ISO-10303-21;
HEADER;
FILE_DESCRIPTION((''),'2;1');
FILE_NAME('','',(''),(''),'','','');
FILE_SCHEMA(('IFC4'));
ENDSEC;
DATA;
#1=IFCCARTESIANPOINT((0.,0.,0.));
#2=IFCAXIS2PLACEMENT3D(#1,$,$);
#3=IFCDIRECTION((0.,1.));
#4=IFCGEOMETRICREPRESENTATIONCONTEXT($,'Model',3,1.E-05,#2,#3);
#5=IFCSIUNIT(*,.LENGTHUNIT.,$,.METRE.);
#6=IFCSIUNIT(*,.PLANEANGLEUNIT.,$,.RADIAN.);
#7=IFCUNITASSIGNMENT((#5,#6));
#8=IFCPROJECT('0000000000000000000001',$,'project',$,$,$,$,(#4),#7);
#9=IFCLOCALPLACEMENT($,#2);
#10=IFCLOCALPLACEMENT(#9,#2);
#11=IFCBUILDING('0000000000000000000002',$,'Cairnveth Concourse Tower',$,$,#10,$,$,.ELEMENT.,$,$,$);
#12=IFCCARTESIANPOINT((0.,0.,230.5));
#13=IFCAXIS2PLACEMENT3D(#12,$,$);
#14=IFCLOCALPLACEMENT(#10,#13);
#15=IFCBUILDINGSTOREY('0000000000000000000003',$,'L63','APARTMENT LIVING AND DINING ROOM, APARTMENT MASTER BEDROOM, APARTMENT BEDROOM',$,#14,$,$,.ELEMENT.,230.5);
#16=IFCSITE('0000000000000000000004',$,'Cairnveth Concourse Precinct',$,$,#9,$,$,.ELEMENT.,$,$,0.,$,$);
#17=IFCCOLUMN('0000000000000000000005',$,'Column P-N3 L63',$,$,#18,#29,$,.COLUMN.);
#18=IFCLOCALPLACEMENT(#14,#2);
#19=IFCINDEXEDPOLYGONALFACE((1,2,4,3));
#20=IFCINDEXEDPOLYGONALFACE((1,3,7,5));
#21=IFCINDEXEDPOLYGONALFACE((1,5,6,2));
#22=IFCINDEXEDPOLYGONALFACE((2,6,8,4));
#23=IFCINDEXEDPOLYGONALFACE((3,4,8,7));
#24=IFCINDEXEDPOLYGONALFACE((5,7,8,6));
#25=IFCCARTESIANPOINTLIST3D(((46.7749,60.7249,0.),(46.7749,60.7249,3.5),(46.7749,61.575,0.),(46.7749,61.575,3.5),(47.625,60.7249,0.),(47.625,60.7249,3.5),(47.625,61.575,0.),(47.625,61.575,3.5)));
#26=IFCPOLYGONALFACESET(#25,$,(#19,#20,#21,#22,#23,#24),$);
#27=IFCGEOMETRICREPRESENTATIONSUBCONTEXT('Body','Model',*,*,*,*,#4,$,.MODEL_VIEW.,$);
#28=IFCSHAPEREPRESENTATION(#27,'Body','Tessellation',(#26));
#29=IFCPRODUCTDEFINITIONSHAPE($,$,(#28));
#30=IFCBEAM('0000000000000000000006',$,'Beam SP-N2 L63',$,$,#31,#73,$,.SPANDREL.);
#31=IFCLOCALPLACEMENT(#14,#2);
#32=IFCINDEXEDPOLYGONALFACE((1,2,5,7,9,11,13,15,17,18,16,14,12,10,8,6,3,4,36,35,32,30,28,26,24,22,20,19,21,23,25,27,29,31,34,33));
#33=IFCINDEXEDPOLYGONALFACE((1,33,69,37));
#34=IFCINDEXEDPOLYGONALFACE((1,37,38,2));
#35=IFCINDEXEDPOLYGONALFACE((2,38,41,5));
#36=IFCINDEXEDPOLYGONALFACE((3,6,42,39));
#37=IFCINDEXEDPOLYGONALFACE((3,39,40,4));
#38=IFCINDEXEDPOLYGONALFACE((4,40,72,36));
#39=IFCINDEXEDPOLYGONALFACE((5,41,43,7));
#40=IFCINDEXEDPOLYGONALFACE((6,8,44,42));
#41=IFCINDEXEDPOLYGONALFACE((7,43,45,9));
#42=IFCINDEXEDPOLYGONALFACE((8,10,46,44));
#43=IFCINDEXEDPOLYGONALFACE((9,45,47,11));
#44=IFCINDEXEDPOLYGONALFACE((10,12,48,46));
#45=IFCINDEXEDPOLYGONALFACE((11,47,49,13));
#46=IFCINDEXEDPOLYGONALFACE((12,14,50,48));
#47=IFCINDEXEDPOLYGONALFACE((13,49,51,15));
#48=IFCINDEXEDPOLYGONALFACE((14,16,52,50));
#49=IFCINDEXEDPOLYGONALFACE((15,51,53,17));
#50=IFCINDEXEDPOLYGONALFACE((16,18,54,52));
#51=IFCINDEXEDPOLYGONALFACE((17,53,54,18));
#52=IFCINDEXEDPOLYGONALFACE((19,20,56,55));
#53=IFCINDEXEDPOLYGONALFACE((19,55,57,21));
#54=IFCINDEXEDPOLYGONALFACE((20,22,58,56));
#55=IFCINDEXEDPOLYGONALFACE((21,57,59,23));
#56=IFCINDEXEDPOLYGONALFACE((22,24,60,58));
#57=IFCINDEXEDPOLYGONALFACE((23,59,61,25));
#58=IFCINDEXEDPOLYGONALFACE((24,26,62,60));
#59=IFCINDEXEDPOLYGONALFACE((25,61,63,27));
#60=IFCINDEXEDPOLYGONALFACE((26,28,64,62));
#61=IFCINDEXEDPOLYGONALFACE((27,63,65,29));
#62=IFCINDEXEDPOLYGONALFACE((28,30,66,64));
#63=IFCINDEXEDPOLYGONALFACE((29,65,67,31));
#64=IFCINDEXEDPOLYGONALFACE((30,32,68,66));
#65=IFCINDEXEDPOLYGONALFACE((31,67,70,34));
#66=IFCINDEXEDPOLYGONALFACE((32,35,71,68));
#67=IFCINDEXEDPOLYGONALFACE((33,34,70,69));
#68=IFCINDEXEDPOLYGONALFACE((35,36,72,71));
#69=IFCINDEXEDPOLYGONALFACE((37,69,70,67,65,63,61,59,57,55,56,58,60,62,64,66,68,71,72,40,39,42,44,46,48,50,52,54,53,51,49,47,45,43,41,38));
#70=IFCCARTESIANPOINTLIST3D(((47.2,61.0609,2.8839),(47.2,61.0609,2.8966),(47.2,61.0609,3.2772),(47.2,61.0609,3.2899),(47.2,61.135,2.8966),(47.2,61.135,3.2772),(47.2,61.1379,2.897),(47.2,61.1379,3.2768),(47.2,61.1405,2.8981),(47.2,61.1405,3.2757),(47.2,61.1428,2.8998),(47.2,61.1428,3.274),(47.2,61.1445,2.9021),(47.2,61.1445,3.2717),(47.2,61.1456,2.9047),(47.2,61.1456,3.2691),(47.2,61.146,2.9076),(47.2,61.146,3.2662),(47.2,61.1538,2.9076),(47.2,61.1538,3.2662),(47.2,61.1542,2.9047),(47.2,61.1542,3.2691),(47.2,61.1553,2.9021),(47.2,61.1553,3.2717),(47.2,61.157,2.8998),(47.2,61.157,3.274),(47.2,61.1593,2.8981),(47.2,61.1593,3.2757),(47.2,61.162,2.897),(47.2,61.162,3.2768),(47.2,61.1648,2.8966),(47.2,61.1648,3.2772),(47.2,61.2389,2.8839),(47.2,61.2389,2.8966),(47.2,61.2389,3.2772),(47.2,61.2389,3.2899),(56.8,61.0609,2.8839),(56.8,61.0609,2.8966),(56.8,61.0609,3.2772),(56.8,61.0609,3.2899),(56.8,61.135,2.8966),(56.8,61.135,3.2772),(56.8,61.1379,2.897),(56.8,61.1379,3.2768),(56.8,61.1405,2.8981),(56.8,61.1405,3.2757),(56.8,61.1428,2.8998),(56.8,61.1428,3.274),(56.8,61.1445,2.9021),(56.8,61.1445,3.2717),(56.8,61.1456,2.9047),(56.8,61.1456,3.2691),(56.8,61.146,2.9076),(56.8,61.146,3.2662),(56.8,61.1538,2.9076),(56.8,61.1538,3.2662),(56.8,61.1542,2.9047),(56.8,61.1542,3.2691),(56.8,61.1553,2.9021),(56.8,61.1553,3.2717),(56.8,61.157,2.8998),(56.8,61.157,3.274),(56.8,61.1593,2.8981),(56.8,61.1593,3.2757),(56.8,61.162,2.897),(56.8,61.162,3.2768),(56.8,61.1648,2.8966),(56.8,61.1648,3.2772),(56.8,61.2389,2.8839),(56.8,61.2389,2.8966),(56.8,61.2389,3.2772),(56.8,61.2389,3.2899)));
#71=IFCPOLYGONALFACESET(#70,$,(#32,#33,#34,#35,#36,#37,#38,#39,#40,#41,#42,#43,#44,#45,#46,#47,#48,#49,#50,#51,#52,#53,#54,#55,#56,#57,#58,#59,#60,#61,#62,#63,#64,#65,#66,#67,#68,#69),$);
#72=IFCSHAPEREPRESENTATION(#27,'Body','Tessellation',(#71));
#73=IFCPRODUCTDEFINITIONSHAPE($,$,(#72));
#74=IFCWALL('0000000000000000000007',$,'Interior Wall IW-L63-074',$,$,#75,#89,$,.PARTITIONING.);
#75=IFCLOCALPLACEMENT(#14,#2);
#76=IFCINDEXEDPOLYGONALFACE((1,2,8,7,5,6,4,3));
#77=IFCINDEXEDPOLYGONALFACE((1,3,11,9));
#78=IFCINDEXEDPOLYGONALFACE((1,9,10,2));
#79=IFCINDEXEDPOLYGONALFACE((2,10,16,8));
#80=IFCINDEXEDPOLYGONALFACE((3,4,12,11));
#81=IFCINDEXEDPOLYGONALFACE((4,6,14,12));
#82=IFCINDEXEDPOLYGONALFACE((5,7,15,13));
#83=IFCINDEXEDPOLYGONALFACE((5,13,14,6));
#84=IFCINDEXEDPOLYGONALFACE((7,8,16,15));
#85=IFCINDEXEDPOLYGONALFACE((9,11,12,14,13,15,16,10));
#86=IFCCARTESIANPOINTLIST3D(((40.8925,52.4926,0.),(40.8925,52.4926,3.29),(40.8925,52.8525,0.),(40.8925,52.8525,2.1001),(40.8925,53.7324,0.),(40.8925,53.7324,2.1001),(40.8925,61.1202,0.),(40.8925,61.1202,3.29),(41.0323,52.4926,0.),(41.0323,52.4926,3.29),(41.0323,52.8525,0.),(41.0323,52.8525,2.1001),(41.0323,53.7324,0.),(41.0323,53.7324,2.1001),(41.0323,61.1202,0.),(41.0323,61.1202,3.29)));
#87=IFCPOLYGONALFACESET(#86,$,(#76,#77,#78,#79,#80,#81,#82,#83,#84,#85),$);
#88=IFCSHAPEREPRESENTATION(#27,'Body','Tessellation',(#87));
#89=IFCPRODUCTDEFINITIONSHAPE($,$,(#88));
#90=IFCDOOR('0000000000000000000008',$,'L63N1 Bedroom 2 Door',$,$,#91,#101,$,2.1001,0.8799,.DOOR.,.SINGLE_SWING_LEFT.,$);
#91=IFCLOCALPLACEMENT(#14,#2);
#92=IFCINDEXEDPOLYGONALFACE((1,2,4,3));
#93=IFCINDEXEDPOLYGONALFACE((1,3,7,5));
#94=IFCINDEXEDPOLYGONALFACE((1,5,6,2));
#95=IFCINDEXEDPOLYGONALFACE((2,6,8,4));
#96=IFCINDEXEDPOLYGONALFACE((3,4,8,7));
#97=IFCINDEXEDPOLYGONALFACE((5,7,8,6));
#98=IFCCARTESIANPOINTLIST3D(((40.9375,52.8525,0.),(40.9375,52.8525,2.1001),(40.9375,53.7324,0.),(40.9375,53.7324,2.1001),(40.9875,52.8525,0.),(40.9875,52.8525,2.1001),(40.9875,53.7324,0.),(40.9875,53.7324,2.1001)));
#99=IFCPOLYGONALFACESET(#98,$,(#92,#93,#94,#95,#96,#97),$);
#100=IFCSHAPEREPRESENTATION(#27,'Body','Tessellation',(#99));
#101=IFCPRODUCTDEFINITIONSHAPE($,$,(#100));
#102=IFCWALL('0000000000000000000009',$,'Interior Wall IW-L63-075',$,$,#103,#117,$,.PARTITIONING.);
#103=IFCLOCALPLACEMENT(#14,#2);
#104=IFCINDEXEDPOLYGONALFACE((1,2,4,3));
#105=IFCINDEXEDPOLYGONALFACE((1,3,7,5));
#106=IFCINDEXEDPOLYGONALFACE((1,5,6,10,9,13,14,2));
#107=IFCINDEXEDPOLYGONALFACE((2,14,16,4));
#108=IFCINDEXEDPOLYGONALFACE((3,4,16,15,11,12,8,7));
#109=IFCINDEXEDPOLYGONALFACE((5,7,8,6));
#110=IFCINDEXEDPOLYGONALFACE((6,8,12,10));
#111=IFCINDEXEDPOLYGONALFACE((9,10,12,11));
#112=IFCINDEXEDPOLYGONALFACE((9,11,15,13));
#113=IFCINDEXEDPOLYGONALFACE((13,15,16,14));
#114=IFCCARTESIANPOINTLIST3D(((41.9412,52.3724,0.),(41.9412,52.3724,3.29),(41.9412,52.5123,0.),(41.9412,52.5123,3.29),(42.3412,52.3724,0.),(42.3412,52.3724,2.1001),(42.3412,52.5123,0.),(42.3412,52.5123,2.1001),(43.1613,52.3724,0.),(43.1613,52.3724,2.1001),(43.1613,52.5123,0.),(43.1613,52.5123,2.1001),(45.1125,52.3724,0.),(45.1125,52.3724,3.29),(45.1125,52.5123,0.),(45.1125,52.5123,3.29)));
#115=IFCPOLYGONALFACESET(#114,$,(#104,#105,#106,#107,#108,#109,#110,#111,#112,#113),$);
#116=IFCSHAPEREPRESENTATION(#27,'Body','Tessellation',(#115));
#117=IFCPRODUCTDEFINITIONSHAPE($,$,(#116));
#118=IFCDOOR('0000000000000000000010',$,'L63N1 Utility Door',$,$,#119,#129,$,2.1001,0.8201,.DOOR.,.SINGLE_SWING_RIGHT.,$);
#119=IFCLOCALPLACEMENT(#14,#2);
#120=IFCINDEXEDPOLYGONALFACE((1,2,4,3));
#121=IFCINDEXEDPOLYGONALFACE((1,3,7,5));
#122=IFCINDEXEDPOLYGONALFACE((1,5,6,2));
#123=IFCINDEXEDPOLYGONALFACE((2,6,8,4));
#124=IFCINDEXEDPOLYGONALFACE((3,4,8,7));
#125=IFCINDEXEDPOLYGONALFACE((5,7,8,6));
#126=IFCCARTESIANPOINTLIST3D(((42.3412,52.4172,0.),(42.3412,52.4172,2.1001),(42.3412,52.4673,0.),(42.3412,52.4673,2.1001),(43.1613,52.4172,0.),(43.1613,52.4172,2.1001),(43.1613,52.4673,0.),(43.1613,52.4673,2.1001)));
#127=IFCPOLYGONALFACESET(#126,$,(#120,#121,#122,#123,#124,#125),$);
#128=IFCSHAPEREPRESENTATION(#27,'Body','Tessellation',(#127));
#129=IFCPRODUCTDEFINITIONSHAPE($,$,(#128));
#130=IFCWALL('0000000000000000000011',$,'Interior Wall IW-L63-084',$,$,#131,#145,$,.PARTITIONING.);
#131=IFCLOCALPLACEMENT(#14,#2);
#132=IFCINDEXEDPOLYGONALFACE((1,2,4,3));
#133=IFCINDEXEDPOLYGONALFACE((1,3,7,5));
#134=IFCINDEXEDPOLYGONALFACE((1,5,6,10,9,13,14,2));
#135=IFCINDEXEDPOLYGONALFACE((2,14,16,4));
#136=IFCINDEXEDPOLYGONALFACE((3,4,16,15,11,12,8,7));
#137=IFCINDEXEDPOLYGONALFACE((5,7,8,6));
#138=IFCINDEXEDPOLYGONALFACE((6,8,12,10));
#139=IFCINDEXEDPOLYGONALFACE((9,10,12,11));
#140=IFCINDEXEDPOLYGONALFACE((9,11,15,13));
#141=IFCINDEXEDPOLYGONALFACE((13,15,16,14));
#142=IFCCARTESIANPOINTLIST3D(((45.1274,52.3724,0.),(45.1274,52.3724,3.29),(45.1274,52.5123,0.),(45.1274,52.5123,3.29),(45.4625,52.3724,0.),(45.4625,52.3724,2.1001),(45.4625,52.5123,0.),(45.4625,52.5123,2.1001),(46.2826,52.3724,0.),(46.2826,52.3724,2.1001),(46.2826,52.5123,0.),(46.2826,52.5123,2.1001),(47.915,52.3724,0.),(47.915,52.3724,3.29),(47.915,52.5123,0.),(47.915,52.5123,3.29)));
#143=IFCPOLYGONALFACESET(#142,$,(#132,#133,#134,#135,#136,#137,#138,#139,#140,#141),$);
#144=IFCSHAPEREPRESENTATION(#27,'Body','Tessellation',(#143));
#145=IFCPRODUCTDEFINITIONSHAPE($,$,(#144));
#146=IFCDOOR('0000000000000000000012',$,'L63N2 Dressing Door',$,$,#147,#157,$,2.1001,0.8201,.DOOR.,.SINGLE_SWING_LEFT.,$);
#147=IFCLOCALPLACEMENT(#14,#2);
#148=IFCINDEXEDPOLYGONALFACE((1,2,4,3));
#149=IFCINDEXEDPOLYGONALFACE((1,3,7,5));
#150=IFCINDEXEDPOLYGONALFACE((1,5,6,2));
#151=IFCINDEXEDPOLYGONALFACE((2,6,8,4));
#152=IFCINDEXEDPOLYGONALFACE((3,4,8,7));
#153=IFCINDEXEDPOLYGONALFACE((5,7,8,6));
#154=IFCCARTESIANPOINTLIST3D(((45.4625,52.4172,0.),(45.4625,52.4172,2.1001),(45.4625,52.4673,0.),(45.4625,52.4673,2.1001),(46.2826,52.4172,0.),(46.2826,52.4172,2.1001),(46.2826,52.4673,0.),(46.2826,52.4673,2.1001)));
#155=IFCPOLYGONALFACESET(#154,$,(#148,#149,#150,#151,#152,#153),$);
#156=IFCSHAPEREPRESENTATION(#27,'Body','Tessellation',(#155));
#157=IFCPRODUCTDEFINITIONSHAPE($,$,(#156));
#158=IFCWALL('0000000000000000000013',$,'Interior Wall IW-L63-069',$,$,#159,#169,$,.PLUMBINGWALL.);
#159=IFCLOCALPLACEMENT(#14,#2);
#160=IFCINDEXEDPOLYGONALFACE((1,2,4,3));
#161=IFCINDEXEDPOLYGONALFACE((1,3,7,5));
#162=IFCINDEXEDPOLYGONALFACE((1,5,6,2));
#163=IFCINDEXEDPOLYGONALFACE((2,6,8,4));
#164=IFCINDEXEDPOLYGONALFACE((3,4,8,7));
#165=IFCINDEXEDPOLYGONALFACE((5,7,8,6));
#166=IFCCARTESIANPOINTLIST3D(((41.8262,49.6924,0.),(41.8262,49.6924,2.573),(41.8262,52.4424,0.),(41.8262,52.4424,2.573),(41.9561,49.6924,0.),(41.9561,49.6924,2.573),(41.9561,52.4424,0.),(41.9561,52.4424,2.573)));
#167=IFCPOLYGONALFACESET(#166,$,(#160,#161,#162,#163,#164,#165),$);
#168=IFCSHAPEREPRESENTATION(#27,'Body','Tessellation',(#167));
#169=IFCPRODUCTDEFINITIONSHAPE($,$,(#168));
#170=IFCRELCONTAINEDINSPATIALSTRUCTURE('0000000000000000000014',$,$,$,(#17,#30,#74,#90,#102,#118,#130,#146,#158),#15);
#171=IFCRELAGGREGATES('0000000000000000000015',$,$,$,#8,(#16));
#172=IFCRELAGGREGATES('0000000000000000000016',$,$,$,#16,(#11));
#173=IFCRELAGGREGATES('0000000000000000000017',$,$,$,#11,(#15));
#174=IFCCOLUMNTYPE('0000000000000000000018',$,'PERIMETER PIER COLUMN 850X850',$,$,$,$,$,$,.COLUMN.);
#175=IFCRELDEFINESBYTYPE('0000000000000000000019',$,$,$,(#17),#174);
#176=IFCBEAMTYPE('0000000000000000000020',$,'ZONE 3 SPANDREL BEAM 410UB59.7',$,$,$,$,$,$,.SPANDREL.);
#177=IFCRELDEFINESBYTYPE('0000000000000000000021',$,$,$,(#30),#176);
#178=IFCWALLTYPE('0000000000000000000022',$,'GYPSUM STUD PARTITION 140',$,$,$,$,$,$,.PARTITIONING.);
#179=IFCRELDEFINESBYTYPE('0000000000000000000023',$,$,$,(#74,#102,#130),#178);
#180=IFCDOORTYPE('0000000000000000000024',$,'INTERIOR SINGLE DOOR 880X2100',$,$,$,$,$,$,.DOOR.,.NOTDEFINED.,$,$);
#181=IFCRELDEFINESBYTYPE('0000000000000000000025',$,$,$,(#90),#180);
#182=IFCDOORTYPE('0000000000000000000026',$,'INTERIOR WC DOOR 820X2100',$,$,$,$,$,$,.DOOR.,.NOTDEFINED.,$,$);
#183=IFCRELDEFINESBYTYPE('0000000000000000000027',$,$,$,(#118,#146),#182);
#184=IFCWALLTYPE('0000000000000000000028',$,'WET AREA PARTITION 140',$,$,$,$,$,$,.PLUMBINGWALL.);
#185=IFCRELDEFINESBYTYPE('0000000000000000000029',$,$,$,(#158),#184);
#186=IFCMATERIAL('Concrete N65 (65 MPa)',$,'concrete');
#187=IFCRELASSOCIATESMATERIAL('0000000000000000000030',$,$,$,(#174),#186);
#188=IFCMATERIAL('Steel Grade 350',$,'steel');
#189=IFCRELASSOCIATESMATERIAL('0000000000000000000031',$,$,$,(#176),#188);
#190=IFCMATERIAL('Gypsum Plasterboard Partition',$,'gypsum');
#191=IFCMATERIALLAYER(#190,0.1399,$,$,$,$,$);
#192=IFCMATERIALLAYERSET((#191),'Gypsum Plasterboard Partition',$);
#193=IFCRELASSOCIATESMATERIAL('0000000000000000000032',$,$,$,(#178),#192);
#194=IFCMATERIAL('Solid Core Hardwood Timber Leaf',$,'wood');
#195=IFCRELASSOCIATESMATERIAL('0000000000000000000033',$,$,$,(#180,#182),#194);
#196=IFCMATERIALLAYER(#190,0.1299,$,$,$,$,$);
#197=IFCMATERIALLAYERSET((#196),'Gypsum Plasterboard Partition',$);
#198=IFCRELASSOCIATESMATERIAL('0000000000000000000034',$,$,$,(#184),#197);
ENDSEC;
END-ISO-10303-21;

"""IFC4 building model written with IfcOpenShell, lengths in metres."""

from ifc_helpers import new_model, si_unit, direction, frame, frame_2d, origin, origin_2d, place, context, subcontext, project, spatial, rectangle, i_section, extrude, material, layer, layer_set, material_profile, profile_set, type_object, element, fill, save


model = new_model("IFC4")

# Units and contexts
model_context = context("Model", 3, precision=1e-05, world=origin(), true_north=direction((0.0, 1.0)))
body_context = subcontext(model_context, "Body", "Model", "MODEL_VIEW")
ifc_project = project(units=[si_unit("LENGTHUNIT", "METRE"), si_unit("PLANEANGLEUNIT", "RADIAN")], contexts=[model_context])

# Site, building, storey
site_placement = place(None, origin())
site = spatial("IfcSite", under=ifc_project, at=site_placement, Name="Cairnveth Concourse Precinct", CompositionType="ELEMENT", RefElevation=0.0)
building_placement = place(site_placement, origin())
building = spatial("IfcBuilding", under=site, at=building_placement, Name="Cairnveth Concourse Tower", CompositionType="ELEMENT")
storey_placement = place(building_placement, frame((0.0, 0.0, 230.5)))
storey = spatial("IfcBuildingStorey", under=building, at=storey_placement, Name="L63", Description="APARTMENT LIVING AND DINING ROOM, APARTMENT MASTER BEDROOM, APARTMENT BEDROOM", CompositionType="ELEMENT", Elevation=230.5)

# Column
ifc_material_1 = material(Name="Concrete N65 (65 MPa)", Category="concrete")
ifc_material_profile_1 = material_profile(ifc_material_1, rectangle(XDim=0.8501, YDim=0.8501, at=origin_2d()), Name="RC-COL-850x850")
ifc_profile_set_1 = profile_set([ifc_material_profile_1], Name="Concrete N65 (65 MPa)")
column_type = type_object("IfcColumnType", Name="PERIMETER PIER COLUMN 850X850", PredefinedType="COLUMN", material=ifc_profile_set_1)
column_placement = place(storey_placement, frame((47.2, 61.1499, 0.0), z_axis=(0.0, 0.0, 1.0), x_axis=(1.0, 0.0, 0.0)))
element("IfcColumn", 1, at=column_placement, inside=storey, type_object=column_type, Name="Column P-N3 L63", PredefinedType="COLUMN", context=body_context, shape_type="SweptSolid", body=[
    extrude(rectangle(XDim=0.8501, YDim=0.8501, at=origin_2d()), origin(), (0.0, 0.0, 1.0), 3.5),
])

# Beam
ifc_material_2 = material(Name="Steel Grade 350", Category="steel")
ifc_material_profile_2 = material_profile(ifc_material_2, i_section(OverallWidth=0.178, OverallDepth=0.406, WebThickness=0.0078, FlangeThickness=0.0127, FilletRadius=0.011, at=origin_2d()), Name="410UB59.7")
ifc_profile_set_2 = profile_set([ifc_material_profile_2], Name="Steel Grade 350")
beam_type = type_object("IfcBeamType", Name="ZONE 3 SPANDREL BEAM 410UB59.7", PredefinedType="SPANDREL", material=ifc_profile_set_2)
beam_placement = place(storey_placement, frame((47.2, 61.1499, 3.0869), z_axis=(1.0, 0.0, 0.0), x_axis=(0.0, 1.0, 0.0)))
element("IfcBeam", 2, at=beam_placement, inside=storey, type_object=beam_type, Name="Beam SP-N2 L63", PredefinedType="SPANDREL", context=body_context, shape_type="SweptSolid", body=[
    extrude(i_section(OverallWidth=0.178, OverallDepth=0.406, WebThickness=0.0078, FlangeThickness=0.0127, FilletRadius=0.011, at=origin_2d()), origin(), (0.0, 0.0, 1.0), 9.6001),
])

# Walls, openings, doors
ifc_material_3 = material(Name="Gypsum Plasterboard Partition", Category="gypsum")
ifc_layer_1 = layer(ifc_material_3, 0.1399)
ifc_layer_set_1 = layer_set([ifc_layer_1], Name="Gypsum Plasterboard Partition")
wall_type_1 = type_object("IfcWallType", Name="GYPSUM STUD PARTITION 140", PredefinedType="PARTITIONING", material=ifc_layer_set_1)
wall_1_placement = place(storey_placement, frame((40.9624, 52.4924, 0.0), z_axis=(0.0, 0.0, 1.0), x_axis=(0.0, 1.0, 0.0)))
wall_1 = element("IfcWall", 3, at=wall_1_placement, inside=storey, type_object=wall_type_1, Name="Interior Wall IW-L63-074", PredefinedType="PARTITIONING", context=body_context, shape_type="SweptSolid", body=[
    extrude(rectangle(XDim=8.6277, YDim=0.1399, at=frame_2d((4.314, 0.0))), origin(), (0.0, 0.0, 1.0), 3.29),
])
opening_1_placement = place(wall_1_placement, frame((0.3601, 0.0, 0.0)))
opening_1 = element("IfcOpeningElement", 4, at=opening_1_placement, cuts=wall_1, PredefinedType="OPENING", context=body_context, shape_type="SweptSolid", body=[
    extrude(rectangle(XDim=0.8799, YDim=2.1001, at=frame_2d((0.4399, 1.05))), frame((0.0, 0.0798, 0.0), z_axis=(0.0, -1.0, 0.0), x_axis=(1.0, 0.0, 0.0)), (0.0, 0.0, 1.0), 0.1599),
])
ifc_material_4 = material(Name="Solid Core Hardwood Timber Leaf", Category="wood")
door_type_1 = type_object("IfcDoorType", Name="INTERIOR SINGLE DOOR 880X2100", OperationType="NOTDEFINED", PredefinedType="DOOR", material=ifc_material_4)
door_1_placement = place(opening_1_placement, origin())
door_1 = element("IfcDoor", 5, at=door_1_placement, inside=storey, type_object=door_type_1, Name="L63N1 Bedroom 2 Door", OperationType="SINGLE_SWING_LEFT", OverallHeight=2.1001, OverallWidth=0.8799, PredefinedType="DOOR", context=body_context, shape_type="SweptSolid", body=[
    extrude(rectangle(XDim=0.8799, YDim=2.1001, at=frame_2d((0.4399, 1.05))), frame((0.0, 0.0249, 0.0), z_axis=(0.0, -1.0, 0.0), x_axis=(1.0, 0.0, 0.0)), (0.0, 0.0, 1.0), 0.05),
])
fill(opening_1, door_1)
wall_2_placement = place(storey_placement, frame((41.9412, 52.4424, 0.0), z_axis=(0.0, 0.0, 1.0), x_axis=(1.0, 0.0, 0.0)))
wall_2 = element("IfcWall", 6, at=wall_2_placement, inside=storey, type_object=wall_type_1, Name="Interior Wall IW-L63-075", PredefinedType="PARTITIONING", context=body_context, shape_type="SweptSolid", body=[
    extrude(rectangle(XDim=3.1714, YDim=0.1399, at=frame_2d((1.5857, 0.0))), origin(), (0.0, 0.0, 1.0), 3.29),
])
opening_2_placement = place(wall_2_placement, frame((0.3999, 0.0, 0.0)))
opening_2 = element("IfcOpeningElement", 7, at=opening_2_placement, cuts=wall_2, PredefinedType="OPENING", context=body_context, shape_type="SweptSolid", body=[
    extrude(rectangle(XDim=0.8201, YDim=2.1001, at=frame_2d((0.4102, 1.05))), frame((0.0, 0.0798, 0.0), z_axis=(0.0, -1.0, 0.0), x_axis=(1.0, 0.0, 0.0)), (0.0, 0.0, 1.0), 0.1599),
])
door_type_2 = type_object("IfcDoorType", Name="INTERIOR WC DOOR 820X2100", OperationType="NOTDEFINED", PredefinedType="DOOR", material=ifc_material_4)
door_2_placement = place(opening_2_placement, origin())
door_2 = element("IfcDoor", 8, at=door_2_placement, inside=storey, type_object=door_type_2, Name="L63N1 Utility Door", OperationType="SINGLE_SWING_RIGHT", OverallHeight=2.1001, OverallWidth=0.8201, PredefinedType="DOOR", context=body_context, shape_type="SweptSolid", body=[
    extrude(rectangle(XDim=0.8201, YDim=2.1001, at=frame_2d((0.4102, 1.05))), frame((0.0, 0.0249, 0.0), z_axis=(0.0, -1.0, 0.0), x_axis=(1.0, 0.0, 0.0)), (0.0, 0.0, 1.0), 0.05),
])
fill(opening_2, door_2)
wall_3_placement = place(storey_placement, frame((45.1274, 52.4424, 0.0), z_axis=(0.0, 0.0, 1.0), x_axis=(1.0, 0.0, 0.0)))
wall_3 = element("IfcWall", 9, at=wall_3_placement, inside=storey, type_object=wall_type_1, Name="Interior Wall IW-L63-084", PredefinedType="PARTITIONING", context=body_context, shape_type="SweptSolid", body=[
    extrude(rectangle(XDim=2.7876, YDim=0.1399, at=frame_2d((1.3938, 0.0))), origin(), (0.0, 0.0, 1.0), 3.29),
])
opening_3_placement = place(wall_3_placement, frame((0.335, 0.0, 0.0)))
opening_3 = element("IfcOpeningElement", 10, at=opening_3_placement, cuts=wall_3, PredefinedType="OPENING", context=body_context, shape_type="SweptSolid", body=[
    extrude(rectangle(XDim=0.8201, YDim=2.1001, at=frame_2d((0.4102, 1.05))), frame((0.0, 0.0798, 0.0), z_axis=(0.0, -1.0, 0.0), x_axis=(1.0, 0.0, 0.0)), (0.0, 0.0, 1.0), 0.1599),
])
door_3_placement = place(opening_3_placement, origin())
door_3 = element("IfcDoor", 11, at=door_3_placement, inside=storey, type_object=door_type_2, Name="L63N2 Dressing Door", OperationType="SINGLE_SWING_LEFT", OverallHeight=2.1001, OverallWidth=0.8201, PredefinedType="DOOR", context=body_context, shape_type="SweptSolid", body=[
    extrude(rectangle(XDim=0.8201, YDim=2.1001, at=frame_2d((0.4102, 1.05))), frame((0.0, 0.0249, 0.0), z_axis=(0.0, -1.0, 0.0), x_axis=(1.0, 0.0, 0.0)), (0.0, 0.0, 1.0), 0.05),
])
fill(opening_3, door_3)

# Wall
ifc_layer_2 = layer(ifc_material_3, 0.1299)
ifc_layer_set_2 = layer_set([ifc_layer_2], Name="Gypsum Plasterboard Partition")
wall_type_2 = type_object("IfcWallType", Name="WET AREA PARTITION 140", PredefinedType="PLUMBINGWALL", material=ifc_layer_set_2)
wall_4_placement = place(storey_placement, frame((41.8911, 49.6924, 0.0), z_axis=(0.0, 0.0, 1.0), x_axis=(0.0, 1.0, 0.0)))
element("IfcWall", 12, at=wall_4_placement, inside=storey, type_object=wall_type_2, Name="Interior Wall IW-L63-069", PredefinedType="PLUMBINGWALL", context=body_context, shape_type="SweptSolid", body=[
    extrude(rectangle(XDim=2.75, YDim=0.1299, at=frame_2d((1.375, 0.0))), origin(), (0.0, 0.0, 1.0), 2.573),
])

save(model, "model.ifc")
